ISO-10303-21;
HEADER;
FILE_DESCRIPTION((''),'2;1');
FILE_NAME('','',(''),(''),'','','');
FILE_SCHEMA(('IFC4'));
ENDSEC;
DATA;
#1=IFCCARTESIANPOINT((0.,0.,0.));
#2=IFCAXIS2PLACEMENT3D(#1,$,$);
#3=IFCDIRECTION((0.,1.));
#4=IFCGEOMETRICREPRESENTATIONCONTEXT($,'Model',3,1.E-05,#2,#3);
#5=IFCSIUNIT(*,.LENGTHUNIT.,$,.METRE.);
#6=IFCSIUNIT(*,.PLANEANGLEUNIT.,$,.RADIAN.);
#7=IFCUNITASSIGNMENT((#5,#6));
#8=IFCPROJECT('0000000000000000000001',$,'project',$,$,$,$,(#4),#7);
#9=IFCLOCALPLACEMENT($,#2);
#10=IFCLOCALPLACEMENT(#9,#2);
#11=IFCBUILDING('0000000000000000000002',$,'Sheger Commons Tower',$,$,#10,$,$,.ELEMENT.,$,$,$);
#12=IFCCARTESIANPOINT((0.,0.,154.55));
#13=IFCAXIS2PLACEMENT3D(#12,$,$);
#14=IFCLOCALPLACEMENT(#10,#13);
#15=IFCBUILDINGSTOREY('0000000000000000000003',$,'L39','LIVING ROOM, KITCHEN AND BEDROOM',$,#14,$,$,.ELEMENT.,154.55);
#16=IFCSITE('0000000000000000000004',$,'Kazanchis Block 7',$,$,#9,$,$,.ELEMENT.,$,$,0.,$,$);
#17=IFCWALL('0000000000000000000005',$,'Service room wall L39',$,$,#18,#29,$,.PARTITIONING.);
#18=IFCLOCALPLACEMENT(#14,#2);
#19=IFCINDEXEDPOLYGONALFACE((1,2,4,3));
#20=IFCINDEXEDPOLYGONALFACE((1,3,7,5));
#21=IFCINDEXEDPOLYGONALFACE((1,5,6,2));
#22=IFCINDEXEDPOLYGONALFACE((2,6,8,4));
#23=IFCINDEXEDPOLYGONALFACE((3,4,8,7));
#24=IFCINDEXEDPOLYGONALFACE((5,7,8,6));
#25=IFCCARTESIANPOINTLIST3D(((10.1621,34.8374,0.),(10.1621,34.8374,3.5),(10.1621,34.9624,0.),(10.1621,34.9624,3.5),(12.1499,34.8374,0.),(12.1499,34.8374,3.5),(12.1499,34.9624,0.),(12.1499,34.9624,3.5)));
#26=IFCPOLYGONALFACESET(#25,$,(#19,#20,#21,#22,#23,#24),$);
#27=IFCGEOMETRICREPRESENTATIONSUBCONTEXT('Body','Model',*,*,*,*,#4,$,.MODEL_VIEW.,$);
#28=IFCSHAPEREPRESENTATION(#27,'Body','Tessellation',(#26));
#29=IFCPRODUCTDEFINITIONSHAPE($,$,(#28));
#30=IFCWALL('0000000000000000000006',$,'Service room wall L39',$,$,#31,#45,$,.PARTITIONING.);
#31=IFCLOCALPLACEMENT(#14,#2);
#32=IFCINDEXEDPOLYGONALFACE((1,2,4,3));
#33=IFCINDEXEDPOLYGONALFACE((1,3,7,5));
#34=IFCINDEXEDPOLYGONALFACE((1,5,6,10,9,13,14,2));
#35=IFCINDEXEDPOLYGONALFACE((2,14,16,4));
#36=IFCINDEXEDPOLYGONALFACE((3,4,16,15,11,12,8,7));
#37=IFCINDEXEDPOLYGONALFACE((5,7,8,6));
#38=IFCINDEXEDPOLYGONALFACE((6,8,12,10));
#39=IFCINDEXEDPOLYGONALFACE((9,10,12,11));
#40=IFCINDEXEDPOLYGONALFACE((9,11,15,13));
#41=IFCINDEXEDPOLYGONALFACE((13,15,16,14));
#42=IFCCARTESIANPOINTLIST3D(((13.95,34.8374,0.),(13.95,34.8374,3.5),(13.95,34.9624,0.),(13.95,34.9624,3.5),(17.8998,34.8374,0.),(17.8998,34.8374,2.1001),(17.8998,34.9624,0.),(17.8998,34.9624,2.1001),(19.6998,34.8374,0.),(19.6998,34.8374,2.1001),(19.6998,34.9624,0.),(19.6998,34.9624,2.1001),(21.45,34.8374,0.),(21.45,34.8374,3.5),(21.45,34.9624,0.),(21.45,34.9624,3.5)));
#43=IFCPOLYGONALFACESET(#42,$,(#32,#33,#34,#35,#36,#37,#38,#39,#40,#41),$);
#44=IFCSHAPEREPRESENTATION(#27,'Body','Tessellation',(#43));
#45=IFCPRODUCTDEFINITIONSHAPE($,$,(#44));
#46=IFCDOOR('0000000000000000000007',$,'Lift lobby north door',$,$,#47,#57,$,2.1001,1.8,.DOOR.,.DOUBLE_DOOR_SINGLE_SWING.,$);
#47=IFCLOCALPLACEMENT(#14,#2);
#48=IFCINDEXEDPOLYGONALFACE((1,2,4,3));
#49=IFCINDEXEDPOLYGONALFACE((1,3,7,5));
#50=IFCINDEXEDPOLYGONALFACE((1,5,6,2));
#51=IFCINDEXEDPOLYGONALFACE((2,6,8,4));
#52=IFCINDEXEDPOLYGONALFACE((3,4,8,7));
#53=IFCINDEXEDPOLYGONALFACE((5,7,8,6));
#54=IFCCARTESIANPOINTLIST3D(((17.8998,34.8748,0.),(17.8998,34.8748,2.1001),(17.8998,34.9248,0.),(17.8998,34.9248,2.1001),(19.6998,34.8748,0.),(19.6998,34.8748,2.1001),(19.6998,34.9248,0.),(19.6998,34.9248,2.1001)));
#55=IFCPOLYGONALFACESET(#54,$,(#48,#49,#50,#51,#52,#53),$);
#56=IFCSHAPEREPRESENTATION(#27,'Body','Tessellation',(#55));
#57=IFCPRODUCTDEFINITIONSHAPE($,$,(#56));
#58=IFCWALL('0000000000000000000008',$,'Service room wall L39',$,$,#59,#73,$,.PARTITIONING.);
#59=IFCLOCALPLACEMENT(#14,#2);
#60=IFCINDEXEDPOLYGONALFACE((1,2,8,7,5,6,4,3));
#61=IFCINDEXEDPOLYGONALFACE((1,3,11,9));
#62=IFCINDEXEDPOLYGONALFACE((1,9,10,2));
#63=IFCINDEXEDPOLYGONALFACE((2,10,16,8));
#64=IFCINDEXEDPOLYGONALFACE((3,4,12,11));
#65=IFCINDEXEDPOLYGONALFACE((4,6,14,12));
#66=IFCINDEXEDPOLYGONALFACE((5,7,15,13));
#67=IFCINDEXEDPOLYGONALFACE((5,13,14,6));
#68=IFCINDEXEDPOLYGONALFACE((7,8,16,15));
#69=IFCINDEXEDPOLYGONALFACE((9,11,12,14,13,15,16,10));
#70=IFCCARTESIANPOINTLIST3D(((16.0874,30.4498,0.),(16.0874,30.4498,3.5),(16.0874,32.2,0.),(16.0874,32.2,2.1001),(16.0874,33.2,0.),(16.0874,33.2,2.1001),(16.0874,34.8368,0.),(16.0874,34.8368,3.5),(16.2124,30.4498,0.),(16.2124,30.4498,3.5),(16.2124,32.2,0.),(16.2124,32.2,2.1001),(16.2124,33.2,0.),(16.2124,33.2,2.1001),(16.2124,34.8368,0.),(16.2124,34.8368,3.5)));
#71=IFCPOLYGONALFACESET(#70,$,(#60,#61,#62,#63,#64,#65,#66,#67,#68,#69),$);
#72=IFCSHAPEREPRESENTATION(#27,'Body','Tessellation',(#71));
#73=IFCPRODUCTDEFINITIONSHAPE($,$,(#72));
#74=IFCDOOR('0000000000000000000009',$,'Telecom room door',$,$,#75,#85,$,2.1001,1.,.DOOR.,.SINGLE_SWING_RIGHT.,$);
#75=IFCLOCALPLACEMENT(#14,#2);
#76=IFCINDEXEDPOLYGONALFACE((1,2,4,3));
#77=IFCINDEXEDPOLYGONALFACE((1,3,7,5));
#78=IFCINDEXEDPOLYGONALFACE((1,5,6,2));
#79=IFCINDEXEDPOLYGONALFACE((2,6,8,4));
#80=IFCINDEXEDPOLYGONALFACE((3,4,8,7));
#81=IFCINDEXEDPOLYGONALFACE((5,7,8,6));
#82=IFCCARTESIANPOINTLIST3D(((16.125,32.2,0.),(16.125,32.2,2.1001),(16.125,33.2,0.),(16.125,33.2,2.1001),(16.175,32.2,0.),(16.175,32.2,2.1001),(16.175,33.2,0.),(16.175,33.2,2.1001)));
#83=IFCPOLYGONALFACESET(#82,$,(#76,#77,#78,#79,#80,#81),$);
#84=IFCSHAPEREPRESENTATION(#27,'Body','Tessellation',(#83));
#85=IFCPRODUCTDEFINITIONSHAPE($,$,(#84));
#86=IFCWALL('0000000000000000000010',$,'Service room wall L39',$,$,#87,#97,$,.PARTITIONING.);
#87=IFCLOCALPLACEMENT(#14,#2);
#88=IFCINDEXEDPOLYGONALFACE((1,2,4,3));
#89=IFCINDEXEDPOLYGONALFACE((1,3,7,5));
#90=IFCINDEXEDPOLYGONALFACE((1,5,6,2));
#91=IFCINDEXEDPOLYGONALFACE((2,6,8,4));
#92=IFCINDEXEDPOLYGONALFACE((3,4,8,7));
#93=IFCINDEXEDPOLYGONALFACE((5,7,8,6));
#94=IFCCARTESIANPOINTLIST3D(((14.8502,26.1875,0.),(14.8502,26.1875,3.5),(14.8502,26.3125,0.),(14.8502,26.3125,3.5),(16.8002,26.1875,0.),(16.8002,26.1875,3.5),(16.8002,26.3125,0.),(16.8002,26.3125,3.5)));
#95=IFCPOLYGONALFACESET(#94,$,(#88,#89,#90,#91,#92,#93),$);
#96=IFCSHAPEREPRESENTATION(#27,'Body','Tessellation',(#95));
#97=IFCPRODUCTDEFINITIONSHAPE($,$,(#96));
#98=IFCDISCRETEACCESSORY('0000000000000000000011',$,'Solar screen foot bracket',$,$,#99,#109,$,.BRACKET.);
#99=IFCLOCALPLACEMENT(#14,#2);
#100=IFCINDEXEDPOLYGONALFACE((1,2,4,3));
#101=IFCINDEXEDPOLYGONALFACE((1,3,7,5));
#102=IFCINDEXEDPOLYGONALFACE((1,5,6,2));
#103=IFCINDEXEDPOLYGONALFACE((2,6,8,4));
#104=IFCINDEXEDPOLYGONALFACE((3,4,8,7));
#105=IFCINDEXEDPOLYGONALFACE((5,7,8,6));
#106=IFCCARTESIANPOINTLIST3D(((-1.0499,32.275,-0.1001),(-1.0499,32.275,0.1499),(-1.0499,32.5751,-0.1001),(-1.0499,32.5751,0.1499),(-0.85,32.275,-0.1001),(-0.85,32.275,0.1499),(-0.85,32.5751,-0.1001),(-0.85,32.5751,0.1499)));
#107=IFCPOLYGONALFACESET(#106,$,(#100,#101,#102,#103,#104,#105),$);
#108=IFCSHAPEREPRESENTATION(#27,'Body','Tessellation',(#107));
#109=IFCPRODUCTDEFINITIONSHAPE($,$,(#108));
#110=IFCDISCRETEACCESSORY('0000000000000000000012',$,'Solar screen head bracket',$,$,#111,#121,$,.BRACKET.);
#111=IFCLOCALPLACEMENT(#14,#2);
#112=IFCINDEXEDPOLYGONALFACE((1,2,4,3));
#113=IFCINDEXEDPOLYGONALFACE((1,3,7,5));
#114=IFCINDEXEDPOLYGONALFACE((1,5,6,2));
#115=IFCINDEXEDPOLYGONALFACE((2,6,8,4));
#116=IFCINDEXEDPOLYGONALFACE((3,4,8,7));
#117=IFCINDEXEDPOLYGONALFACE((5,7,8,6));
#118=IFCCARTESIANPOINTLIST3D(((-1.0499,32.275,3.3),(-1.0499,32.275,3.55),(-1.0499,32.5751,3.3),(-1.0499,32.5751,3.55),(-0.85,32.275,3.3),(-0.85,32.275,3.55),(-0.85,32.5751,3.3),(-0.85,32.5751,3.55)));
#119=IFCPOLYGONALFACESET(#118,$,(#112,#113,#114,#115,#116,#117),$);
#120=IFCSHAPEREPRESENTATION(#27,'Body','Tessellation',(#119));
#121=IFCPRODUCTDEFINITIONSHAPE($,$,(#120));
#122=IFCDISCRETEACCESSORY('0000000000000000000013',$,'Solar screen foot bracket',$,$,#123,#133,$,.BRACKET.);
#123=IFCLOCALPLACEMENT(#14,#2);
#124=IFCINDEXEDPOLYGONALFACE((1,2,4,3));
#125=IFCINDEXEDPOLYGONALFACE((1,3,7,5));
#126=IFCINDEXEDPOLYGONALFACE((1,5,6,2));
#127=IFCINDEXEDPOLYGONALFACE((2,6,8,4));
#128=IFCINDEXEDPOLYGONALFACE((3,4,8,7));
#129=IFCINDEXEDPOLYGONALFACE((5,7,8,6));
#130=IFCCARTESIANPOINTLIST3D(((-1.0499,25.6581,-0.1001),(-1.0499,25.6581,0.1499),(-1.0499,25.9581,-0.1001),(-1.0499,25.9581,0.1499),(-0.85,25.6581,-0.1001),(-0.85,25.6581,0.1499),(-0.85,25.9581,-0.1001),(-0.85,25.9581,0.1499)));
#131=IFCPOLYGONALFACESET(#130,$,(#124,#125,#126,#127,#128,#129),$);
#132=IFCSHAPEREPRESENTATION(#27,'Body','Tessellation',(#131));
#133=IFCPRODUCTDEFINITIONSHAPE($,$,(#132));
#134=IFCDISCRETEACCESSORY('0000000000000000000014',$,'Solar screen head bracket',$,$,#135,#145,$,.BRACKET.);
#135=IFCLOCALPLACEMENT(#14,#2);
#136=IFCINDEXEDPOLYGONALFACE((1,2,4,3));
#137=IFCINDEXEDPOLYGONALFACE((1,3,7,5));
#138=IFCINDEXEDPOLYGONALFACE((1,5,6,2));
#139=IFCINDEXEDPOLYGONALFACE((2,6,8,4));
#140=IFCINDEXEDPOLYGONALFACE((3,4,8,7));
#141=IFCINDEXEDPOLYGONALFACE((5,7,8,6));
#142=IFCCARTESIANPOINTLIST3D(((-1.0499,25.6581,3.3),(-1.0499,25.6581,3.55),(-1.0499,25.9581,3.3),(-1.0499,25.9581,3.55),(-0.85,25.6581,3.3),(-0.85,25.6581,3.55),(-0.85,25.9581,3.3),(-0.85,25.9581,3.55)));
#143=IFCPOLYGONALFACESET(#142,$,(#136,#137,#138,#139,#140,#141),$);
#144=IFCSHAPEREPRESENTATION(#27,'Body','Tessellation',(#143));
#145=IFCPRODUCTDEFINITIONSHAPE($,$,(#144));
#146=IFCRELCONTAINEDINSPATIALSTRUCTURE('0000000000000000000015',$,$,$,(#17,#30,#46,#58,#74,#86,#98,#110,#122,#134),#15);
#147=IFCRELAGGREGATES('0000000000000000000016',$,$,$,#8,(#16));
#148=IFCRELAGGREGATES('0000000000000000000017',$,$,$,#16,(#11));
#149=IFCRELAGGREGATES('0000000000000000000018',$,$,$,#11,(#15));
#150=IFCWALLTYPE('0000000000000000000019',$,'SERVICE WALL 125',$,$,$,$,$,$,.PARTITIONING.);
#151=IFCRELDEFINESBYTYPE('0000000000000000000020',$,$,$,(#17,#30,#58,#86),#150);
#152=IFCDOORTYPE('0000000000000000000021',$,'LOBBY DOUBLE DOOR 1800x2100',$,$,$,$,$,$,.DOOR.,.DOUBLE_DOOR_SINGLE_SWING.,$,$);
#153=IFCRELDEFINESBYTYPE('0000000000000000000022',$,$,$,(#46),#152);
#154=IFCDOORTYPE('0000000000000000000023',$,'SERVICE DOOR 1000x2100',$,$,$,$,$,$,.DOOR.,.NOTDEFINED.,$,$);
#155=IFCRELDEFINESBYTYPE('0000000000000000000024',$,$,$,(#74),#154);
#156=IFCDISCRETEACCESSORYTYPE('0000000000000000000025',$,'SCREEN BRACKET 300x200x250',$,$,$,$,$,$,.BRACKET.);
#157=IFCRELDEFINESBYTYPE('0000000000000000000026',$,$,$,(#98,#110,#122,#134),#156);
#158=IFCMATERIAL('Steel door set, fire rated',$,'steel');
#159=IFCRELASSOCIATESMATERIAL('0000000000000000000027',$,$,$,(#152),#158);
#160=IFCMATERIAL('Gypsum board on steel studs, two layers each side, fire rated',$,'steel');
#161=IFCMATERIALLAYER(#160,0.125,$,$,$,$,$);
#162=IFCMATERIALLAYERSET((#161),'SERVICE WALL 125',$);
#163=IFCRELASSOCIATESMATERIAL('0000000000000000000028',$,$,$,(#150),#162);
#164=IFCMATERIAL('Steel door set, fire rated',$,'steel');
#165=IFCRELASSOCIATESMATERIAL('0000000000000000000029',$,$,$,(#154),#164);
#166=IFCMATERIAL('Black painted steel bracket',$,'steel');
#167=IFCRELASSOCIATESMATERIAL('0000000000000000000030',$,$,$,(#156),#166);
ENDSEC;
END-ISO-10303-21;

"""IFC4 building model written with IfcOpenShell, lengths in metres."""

from ifc_helpers import new_model, si_unit, direction, frame, frame_2d, origin, origin_2d, place, context, subcontext, project, spatial, rectangle, extrude, material, layer, layer_set, type_object, element, fill, save


model = new_model("IFC4")

# Units and contexts
model_context = context("Model", 3, precision=1e-05, world=origin(), true_north=direction((0.0, 1.0)))
body_context = subcontext(model_context, "Body", "Model", "MODEL_VIEW")
ifc_project = project(units=[si_unit("LENGTHUNIT", "METRE"), si_unit("PLANEANGLEUNIT", "RADIAN")], contexts=[model_context])

# Site, building, storey
site_placement = place(None, origin())
site = spatial("IfcSite", under=ifc_project, at=site_placement, Name="Kazanchis Block 7", CompositionType="ELEMENT", RefElevation=0.0)
building_placement = place(site_placement, origin())
building = spatial("IfcBuilding", under=site, at=building_placement, Name="Sheger Commons Tower", CompositionType="ELEMENT")
storey_placement = place(building_placement, frame((0.0, 0.0, 154.55)))
storey = spatial("IfcBuildingStorey", under=building, at=storey_placement, Name="L39", Description="LIVING ROOM, KITCHEN AND BEDROOM", CompositionType="ELEMENT", Elevation=154.55)

# Shared definitions
ifc_material_1 = material(Name="Steel door set, fire rated", Category="steel")
door_type_1 = type_object("IfcDoorType", Name="LOBBY DOUBLE DOOR 1800x2100", OperationType="DOUBLE_DOOR_SINGLE_SWING", PredefinedType="DOOR", material=ifc_material_1)

# Wall
ifc_material_2 = material(Name="Gypsum board on steel studs, two layers each side, fire rated", Category="steel")
ifc_layer_1 = layer(ifc_material_2, 0.125)
ifc_layer_set_1 = layer_set([ifc_layer_1], Name="SERVICE WALL 125")
wall_type_1 = type_object("IfcWallType", Name="SERVICE WALL 125", PredefinedType="PARTITIONING", material=ifc_layer_set_1)
wall_1_placement = place(storey_placement, frame((10.1621, 34.8999, 0.0), z_axis=(0.0, 0.0, 1.0), x_axis=(1.0, 0.0, 0.0)))
element("IfcWall", 1, at=wall_1_placement, inside=storey, type_object=wall_type_1, Name="Service room wall L39", PredefinedType="PARTITIONING", context=body_context, shape_type="SweptSolid", body=[
    extrude(rectangle(XDim=1.9878, YDim=0.125, at=frame_2d((0.9939, 0.0))), origin(), (0.0, 0.0, 1.0), 3.5),
])

# Walls, openings, doors
wall_2_placement = place(storey_placement, frame((13.95, 34.8999, 0.0), z_axis=(0.0, 0.0, 1.0), x_axis=(1.0, 0.0, 0.0)))
wall_2 = element("IfcWall", 2, at=wall_2_placement, inside=storey, type_object=wall_type_1, Name="Service room wall L39", PredefinedType="PARTITIONING", context=body_context, shape_type="SweptSolid", body=[
    extrude(rectangle(XDim=7.5, YDim=0.125, at=frame_2d((3.75, 0.0))), origin(), (0.0, 0.0, 1.0), 3.5),
])
opening_1_placement = place(wall_2_placement, frame((3.95, 0.0, 0.0)))
opening_1 = element("IfcOpeningElement", 3, at=opening_1_placement, cuts=wall_2, PredefinedType="OPENING", context=body_context, shape_type="SweptSolid", body=[
    extrude(rectangle(XDim=1.8, YDim=2.1001, at=frame_2d((0.8999, 1.05))), frame((0.0, 0.0725, 0.0), z_axis=(0.0, -1.0, 0.0), x_axis=(1.0, 0.0, 0.0)), (0.0, 0.0, 1.0), 0.145),
])
door_1_placement = place(opening_1_placement, origin())
door_1 = element("IfcDoor", 4, at=door_1_placement, inside=storey, type_object=door_type_1, Name="Lift lobby north door", OperationType="DOUBLE_DOOR_SINGLE_SWING", OverallHeight=2.1001, OverallWidth=1.8, PredefinedType="DOOR", context=body_context, shape_type="SweptSolid", body=[
    extrude(rectangle(XDim=1.8, YDim=2.1001, at=frame_2d((0.8999, 1.05))), frame((0.0, 0.0249, 0.0), z_axis=(0.0, -1.0, 0.0), x_axis=(1.0, 0.0, 0.0)), (0.0, 0.0, 1.0), 0.05),
])
fill(opening_1, door_1)
wall_3_placement = place(storey_placement, frame((16.1499, 30.45, 0.0), z_axis=(0.0, 0.0, 1.0), x_axis=(0.0, 1.0, 0.0)))
wall_3 = element("IfcWall", 5, at=wall_3_placement, inside=storey, type_object=wall_type_1, Name="Service room wall L39", PredefinedType="PARTITIONING", context=body_context, shape_type="SweptSolid", body=[
    extrude(rectangle(XDim=4.387, YDim=0.125, at=frame_2d((2.1934, 0.0))), origin(), (0.0, 0.0, 1.0), 3.5),
])
opening_2_placement = place(wall_3_placement, frame((1.75, 0.0, 0.0)))
opening_2 = element("IfcOpeningElement", 6, at=opening_2_placement, cuts=wall_3, PredefinedType="OPENING", context=body_context, shape_type="SweptSolid", body=[
    extrude(rectangle(XDim=1.0, YDim=2.1001, at=frame_2d((0.5, 1.05))), frame((0.0, 0.0725, 0.0), z_axis=(0.0, -1.0, 0.0), x_axis=(1.0, 0.0, 0.0)), (0.0, 0.0, 1.0), 0.145),
])
ifc_material_3 = material(Name="Steel door set, fire rated", Category="steel")
door_type_2 = type_object("IfcDoorType", Name="SERVICE DOOR 1000x2100", OperationType="NOTDEFINED", PredefinedType="DOOR", material=ifc_material_3)
door_2_placement = place(opening_2_placement, origin())
door_2 = element("IfcDoor", 7, at=door_2_placement, inside=storey, type_object=door_type_2, Name="Telecom room door", OperationType="SINGLE_SWING_RIGHT", OverallHeight=2.1001, OverallWidth=1.0, PredefinedType="DOOR", context=body_context, shape_type="SweptSolid", body=[
    extrude(rectangle(XDim=1.0, YDim=2.1001, at=frame_2d((0.5, 1.05))), frame((0.0, 0.0249, 0.0), z_axis=(0.0, -1.0, 0.0), x_axis=(1.0, 0.0, 0.0)), (0.0, 0.0, 1.0), 0.05),
])
fill(opening_2, door_2)

# Wall
wall_4_placement = place(storey_placement, frame((14.8501, 26.25, 0.0), z_axis=(0.0, 0.0, 1.0), x_axis=(1.0, 0.0, 0.0)))
element("IfcWall", 8, at=wall_4_placement, inside=storey, type_object=wall_type_1, Name="Service room wall L39", PredefinedType="PARTITIONING", context=body_context, shape_type="SweptSolid", body=[
    extrude(rectangle(XDim=1.95, YDim=0.125, at=frame_2d((0.9751, 0.0))), origin(), (0.0, 0.0, 1.0), 3.5),
])

# Discrete accessories
ifc_material_4 = material(Name="Black painted steel bracket", Category="steel")
discrete_accessory_type = type_object("IfcDiscreteAccessoryType", Name="SCREEN BRACKET 300x200x250", PredefinedType="BRACKET", material=ifc_material_4)
for number, where, z_axis, x_axis, name in (
    (9, (-0.95, 32.425, -0.1001), (0.0, 0.0, 1.0), (0.0, -1.0, 0.0), "Solar screen foot bracket"),
    (10, (-0.95, 32.425, 3.3), (0.0, 0.0, 1.0), (0.0, -1.0, 0.0), "Solar screen head bracket"),
    (11, (-0.95, 25.8081, -0.1001), (0.0, 0.0, 1.0), (0.0, -1.0, 0.0), "Solar screen foot bracket"),
    (12, (-0.95, 25.8081, 3.3), (0.0, 0.0, 1.0), (0.0, -1.0, 0.0), "Solar screen head bracket"),
):
    element("IfcDiscreteAccessory", number, at=place(storey_placement, frame(where, z_axis=z_axis, x_axis=x_axis)), inside=storey, type_object=discrete_accessory_type, Name=name, PredefinedType="BRACKET", context=body_context, shape_type="SweptSolid", body=[
        extrude(rectangle(XDim=0.3, YDim=0.2, at=origin_2d()), origin(), (0.0, 0.0, 1.0), 0.25),
    ])

save(model, "model.ifc")
